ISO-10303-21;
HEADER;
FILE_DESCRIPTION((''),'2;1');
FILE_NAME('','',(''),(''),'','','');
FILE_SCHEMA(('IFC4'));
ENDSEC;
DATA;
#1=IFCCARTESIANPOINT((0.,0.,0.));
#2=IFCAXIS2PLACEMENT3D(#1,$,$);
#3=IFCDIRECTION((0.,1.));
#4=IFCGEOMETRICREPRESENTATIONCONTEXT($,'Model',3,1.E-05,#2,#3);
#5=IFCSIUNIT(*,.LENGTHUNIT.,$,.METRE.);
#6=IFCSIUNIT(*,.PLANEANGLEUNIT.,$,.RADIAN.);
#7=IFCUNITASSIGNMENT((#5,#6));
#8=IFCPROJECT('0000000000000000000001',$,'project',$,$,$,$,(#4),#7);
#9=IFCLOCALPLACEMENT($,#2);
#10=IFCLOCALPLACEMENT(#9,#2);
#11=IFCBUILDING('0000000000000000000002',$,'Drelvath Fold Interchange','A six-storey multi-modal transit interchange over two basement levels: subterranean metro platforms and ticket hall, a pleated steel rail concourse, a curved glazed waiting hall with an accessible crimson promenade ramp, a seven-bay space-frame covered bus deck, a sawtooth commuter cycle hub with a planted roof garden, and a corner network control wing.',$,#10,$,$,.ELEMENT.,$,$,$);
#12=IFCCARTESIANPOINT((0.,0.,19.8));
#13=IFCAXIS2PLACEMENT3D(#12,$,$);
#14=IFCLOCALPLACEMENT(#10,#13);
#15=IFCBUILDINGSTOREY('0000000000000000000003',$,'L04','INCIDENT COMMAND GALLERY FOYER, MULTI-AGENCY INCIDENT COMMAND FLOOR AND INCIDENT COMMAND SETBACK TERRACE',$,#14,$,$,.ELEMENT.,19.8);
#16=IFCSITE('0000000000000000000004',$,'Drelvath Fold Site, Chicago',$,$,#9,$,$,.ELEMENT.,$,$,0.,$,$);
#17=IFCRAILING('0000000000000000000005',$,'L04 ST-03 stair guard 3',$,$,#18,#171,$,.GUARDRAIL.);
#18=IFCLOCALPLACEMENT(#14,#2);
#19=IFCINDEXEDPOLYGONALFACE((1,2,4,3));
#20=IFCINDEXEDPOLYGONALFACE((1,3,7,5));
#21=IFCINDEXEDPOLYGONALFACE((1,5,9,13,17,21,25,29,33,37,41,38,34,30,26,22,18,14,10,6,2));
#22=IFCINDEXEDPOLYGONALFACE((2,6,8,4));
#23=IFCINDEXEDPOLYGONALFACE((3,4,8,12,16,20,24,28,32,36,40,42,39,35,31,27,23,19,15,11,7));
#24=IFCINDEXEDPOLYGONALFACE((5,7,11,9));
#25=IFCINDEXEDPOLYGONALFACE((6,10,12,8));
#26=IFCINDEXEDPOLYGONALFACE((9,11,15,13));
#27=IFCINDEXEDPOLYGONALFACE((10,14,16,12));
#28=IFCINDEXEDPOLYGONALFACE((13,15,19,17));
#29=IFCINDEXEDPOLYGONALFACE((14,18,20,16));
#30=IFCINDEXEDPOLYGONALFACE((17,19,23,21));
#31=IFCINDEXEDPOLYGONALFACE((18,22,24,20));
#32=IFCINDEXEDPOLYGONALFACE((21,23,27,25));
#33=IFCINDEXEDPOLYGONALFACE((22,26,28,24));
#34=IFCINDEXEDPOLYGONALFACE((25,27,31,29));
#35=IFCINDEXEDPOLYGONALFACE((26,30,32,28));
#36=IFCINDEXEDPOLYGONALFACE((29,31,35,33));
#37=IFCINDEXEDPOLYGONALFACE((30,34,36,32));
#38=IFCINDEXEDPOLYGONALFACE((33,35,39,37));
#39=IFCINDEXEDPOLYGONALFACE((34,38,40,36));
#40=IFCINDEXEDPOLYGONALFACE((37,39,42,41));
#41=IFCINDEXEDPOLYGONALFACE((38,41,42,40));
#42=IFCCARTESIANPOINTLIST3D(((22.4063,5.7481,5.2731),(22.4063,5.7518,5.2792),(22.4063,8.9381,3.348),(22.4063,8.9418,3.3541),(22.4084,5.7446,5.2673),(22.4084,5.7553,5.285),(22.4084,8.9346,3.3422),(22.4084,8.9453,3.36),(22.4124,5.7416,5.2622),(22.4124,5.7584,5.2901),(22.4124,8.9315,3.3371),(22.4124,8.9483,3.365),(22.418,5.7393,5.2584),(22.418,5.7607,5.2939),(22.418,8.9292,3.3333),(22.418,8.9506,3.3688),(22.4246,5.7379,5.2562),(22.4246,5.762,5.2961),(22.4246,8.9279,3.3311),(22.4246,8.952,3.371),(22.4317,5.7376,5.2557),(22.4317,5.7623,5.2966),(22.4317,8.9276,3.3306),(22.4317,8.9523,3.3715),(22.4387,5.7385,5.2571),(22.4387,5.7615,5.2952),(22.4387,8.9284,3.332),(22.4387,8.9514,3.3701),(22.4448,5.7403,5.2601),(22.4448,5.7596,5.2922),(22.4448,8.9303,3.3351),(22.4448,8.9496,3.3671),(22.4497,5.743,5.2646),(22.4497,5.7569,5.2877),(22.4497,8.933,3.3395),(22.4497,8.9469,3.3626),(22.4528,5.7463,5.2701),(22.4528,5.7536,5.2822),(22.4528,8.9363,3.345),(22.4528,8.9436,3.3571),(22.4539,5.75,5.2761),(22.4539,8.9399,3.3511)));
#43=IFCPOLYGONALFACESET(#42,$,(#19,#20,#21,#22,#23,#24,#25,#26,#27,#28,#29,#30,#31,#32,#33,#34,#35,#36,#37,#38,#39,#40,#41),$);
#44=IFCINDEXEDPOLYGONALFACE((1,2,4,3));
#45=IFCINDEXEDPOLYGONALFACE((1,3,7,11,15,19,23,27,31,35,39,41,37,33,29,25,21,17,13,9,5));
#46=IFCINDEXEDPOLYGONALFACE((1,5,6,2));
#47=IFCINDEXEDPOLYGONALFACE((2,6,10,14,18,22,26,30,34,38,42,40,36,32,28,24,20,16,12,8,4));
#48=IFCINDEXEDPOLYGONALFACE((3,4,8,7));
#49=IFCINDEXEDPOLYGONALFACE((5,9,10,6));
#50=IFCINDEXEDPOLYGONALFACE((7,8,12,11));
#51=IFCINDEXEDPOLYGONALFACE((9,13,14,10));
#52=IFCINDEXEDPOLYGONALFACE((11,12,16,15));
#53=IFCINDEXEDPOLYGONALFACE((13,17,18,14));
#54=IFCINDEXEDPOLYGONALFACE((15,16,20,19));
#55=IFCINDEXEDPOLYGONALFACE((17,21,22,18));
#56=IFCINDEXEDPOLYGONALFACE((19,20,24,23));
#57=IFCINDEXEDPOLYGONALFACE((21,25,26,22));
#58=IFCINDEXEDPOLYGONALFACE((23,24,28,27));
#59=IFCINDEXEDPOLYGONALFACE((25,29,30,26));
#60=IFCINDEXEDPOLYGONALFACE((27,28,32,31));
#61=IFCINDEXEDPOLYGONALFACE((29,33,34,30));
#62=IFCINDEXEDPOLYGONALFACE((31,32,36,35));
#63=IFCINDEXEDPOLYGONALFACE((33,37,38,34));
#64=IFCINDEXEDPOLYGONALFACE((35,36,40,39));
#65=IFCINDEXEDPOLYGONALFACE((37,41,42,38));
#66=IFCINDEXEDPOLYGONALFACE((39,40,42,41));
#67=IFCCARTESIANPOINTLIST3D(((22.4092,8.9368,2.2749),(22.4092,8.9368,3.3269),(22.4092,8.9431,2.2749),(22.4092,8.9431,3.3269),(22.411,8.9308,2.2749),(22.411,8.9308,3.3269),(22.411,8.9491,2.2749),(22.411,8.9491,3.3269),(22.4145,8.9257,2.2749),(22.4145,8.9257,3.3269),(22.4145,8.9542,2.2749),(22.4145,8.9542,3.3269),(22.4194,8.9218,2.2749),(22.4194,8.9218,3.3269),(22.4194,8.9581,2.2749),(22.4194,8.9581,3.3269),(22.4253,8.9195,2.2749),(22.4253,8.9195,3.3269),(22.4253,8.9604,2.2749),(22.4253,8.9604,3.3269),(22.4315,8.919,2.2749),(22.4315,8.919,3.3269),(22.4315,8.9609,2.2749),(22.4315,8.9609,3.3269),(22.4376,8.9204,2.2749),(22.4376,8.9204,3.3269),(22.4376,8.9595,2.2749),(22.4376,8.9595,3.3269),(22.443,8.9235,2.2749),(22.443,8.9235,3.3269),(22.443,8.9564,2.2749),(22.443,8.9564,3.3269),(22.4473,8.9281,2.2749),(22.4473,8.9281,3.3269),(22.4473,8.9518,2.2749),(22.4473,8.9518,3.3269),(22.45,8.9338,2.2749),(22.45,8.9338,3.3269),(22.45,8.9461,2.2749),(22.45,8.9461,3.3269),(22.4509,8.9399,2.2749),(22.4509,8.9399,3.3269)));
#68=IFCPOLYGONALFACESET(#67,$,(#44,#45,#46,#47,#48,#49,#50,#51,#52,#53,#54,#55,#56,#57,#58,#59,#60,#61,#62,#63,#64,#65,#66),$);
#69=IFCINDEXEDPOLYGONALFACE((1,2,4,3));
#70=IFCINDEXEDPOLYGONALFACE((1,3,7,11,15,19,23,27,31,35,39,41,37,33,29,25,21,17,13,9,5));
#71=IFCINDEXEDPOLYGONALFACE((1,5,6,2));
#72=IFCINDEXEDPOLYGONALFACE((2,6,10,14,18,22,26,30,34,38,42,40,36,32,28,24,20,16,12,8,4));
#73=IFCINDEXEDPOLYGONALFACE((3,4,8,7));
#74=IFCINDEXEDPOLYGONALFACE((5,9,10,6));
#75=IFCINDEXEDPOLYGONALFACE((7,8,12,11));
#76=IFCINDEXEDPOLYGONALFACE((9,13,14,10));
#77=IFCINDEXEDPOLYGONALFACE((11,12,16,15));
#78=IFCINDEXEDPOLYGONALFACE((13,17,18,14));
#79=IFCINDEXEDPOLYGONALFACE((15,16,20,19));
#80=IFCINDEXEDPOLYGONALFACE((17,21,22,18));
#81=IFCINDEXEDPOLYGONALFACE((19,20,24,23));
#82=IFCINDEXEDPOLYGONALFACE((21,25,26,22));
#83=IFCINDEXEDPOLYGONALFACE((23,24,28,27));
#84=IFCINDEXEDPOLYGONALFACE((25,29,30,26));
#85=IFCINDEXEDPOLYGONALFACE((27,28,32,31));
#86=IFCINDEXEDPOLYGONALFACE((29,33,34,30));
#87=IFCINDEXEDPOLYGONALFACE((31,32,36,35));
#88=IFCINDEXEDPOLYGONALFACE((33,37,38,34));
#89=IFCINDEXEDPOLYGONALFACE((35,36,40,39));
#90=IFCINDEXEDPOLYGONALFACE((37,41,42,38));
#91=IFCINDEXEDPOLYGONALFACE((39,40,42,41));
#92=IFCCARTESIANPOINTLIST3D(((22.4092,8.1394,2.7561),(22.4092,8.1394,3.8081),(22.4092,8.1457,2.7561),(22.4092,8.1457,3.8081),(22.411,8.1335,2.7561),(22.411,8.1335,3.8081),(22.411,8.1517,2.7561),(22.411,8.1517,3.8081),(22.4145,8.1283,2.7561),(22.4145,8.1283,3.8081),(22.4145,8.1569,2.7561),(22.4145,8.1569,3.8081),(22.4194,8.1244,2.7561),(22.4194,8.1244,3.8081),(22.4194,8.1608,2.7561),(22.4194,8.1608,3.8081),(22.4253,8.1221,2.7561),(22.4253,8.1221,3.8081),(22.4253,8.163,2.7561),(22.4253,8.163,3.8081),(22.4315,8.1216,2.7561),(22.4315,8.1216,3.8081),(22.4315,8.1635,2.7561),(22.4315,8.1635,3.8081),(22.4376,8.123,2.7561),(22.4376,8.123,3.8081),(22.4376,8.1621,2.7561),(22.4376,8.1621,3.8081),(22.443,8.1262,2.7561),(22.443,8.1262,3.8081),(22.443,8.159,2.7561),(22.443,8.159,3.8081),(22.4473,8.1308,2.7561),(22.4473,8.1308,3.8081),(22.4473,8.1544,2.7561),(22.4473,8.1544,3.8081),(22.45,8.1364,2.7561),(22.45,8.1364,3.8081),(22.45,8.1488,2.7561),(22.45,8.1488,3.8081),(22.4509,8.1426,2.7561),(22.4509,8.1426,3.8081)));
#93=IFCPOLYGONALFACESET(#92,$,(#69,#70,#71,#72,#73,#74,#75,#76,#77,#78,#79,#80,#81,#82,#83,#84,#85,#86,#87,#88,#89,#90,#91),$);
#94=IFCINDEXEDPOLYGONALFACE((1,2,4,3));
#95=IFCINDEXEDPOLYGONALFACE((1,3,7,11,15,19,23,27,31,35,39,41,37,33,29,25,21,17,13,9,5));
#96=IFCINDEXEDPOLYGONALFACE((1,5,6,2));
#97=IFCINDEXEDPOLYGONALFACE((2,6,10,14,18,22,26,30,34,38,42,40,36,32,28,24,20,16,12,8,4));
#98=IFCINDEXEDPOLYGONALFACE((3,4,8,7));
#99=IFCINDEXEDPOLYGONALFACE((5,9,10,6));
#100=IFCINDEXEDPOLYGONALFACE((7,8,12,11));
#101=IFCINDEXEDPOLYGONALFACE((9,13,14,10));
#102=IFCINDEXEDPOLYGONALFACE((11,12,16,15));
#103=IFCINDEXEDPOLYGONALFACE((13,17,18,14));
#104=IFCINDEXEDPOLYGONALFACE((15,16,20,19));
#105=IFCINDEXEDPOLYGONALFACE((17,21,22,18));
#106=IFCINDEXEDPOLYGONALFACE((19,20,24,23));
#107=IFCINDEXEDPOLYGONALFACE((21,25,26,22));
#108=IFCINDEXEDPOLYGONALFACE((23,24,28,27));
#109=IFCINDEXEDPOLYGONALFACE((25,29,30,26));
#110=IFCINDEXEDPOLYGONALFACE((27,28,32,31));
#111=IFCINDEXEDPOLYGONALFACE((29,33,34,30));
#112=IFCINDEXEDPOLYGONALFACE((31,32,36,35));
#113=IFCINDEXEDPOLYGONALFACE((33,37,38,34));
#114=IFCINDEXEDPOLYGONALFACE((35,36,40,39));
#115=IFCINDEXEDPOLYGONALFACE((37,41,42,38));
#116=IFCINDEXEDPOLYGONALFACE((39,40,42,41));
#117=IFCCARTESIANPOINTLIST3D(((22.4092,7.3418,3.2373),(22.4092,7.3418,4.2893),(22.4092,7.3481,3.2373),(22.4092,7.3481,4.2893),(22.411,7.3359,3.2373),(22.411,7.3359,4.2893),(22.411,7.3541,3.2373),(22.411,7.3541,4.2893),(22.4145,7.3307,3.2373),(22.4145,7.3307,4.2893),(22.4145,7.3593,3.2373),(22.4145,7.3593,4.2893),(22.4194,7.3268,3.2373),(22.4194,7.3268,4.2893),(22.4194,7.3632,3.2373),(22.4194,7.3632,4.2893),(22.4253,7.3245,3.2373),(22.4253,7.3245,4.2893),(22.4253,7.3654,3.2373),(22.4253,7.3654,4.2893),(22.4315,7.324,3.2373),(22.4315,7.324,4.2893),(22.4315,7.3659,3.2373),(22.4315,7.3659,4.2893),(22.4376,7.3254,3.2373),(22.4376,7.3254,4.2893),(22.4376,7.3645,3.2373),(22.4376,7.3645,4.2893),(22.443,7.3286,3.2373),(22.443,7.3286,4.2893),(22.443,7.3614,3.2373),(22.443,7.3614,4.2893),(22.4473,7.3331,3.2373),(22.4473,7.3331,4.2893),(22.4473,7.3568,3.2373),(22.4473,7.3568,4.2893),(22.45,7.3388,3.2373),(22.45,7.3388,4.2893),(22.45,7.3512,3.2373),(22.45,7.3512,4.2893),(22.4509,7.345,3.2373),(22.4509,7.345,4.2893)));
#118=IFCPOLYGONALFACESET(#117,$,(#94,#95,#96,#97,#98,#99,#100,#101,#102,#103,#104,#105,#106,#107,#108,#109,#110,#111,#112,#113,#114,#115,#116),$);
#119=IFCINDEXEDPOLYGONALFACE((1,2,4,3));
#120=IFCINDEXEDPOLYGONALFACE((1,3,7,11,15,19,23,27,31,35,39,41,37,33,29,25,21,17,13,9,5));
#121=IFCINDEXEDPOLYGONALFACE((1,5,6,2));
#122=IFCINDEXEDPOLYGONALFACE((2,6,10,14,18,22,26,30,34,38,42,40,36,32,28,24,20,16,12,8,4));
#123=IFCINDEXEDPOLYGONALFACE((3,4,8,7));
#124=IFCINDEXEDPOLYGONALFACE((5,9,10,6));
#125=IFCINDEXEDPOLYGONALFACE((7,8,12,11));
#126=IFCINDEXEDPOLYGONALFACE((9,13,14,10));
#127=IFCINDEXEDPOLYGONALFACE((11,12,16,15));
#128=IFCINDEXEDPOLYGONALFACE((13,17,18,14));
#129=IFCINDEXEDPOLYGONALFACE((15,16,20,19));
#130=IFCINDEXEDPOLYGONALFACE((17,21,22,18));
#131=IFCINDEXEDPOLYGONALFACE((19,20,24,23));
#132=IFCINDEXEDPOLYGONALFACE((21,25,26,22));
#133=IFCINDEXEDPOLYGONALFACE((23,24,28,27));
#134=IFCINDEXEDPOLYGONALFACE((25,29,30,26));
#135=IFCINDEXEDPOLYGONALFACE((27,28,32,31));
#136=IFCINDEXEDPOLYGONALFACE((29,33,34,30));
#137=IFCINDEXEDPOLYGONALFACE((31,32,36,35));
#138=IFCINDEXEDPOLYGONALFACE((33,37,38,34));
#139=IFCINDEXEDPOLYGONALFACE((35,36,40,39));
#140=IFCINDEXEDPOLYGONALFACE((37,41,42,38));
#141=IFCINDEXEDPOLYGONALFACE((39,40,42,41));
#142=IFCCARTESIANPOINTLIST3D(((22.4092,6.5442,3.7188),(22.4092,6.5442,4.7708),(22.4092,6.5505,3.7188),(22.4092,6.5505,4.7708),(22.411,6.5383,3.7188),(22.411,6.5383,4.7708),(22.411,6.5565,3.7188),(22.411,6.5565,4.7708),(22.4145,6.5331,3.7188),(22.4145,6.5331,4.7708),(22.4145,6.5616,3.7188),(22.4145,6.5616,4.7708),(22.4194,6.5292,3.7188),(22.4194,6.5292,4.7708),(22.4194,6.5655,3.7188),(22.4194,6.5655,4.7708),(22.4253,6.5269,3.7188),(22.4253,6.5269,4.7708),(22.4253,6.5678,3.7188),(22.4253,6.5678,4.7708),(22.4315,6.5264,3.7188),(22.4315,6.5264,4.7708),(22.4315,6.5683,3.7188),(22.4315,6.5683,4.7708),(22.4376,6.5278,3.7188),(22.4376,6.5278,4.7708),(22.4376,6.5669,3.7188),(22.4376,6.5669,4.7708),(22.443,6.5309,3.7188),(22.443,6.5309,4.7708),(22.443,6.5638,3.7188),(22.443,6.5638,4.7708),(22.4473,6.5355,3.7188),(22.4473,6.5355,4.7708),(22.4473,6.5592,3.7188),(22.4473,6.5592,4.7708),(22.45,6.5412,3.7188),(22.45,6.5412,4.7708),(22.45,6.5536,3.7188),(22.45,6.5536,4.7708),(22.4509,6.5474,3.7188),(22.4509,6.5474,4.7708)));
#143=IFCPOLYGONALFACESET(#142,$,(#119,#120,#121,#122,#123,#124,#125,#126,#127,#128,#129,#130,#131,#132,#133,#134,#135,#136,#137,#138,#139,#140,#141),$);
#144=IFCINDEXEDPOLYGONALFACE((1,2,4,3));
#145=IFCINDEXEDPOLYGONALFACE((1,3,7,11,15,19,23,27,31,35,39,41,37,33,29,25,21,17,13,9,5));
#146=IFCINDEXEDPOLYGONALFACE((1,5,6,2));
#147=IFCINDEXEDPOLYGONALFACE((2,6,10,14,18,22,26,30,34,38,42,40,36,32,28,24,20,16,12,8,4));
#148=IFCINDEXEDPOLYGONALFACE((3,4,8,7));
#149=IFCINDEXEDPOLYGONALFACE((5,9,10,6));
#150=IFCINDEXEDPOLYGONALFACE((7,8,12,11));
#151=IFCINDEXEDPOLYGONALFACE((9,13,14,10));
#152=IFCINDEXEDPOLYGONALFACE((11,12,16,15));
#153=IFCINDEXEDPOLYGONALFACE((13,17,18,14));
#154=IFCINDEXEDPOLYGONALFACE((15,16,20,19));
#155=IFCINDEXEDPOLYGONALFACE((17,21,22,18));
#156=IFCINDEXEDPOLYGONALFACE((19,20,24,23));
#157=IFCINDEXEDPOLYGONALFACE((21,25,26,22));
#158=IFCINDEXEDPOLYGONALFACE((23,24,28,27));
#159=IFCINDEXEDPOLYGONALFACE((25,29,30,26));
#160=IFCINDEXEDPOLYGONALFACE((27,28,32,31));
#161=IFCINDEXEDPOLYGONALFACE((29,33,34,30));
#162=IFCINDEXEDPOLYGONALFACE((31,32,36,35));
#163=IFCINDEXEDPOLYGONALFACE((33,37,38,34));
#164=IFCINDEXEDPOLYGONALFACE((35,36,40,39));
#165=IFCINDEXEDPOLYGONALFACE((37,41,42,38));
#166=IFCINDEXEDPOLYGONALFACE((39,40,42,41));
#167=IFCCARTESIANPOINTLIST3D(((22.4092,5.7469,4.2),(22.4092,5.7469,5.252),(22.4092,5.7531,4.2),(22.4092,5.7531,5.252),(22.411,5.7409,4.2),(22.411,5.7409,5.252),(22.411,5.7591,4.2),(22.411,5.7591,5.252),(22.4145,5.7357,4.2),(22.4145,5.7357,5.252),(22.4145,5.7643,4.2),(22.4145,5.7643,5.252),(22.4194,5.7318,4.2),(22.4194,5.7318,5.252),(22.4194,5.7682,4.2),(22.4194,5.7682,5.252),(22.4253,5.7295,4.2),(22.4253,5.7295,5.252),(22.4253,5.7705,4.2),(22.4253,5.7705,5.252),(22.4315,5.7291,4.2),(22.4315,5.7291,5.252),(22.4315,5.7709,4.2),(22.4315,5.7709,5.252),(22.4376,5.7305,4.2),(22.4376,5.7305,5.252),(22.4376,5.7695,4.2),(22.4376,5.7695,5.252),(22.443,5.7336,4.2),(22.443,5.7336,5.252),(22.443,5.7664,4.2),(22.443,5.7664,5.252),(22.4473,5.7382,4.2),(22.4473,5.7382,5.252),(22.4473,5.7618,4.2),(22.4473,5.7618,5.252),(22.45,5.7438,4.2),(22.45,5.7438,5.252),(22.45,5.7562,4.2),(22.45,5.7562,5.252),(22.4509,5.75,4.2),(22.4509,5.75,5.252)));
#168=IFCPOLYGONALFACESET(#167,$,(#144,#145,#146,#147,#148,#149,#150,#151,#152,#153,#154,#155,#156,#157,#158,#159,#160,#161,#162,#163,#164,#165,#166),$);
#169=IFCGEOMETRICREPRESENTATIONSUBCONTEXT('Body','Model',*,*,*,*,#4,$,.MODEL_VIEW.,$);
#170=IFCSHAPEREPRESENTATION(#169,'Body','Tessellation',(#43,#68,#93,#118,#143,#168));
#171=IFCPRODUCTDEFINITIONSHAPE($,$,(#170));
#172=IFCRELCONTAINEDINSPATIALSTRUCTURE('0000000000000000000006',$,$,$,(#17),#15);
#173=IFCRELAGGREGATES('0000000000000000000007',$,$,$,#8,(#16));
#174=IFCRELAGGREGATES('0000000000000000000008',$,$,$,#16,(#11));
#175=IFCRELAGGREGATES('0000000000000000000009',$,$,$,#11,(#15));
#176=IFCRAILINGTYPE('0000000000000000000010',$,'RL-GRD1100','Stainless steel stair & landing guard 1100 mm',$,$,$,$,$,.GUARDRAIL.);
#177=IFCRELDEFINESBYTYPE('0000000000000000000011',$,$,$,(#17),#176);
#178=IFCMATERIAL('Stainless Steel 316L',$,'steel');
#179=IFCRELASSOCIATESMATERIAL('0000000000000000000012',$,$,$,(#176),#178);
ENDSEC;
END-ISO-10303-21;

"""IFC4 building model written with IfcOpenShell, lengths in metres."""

from ifc_helpers import new_model, si_unit, direction, frame, origin, origin_2d, place, context, subcontext, project, spatial, circle, extrude, material, type_object, element, save


model = new_model("IFC4")

# Units and contexts
model_context = context("Model", 3, precision=1e-05, world=origin(), true_north=direction((0.0, 1.0)))
body_context = subcontext(model_context, "Body", "Model", "MODEL_VIEW")
ifc_project = project(units=[si_unit("LENGTHUNIT", "METRE"), si_unit("PLANEANGLEUNIT", "RADIAN")], contexts=[model_context])

# Site, building, storey
site_placement = place(None, origin())
site = spatial("IfcSite", under=ifc_project, at=site_placement, Name="Drelvath Fold Site, Chicago", CompositionType="ELEMENT", RefElevation=0.0)
building_placement = place(site_placement, origin())
building = spatial("IfcBuilding", under=site, at=building_placement, Name="Drelvath Fold Interchange", Description="A six-storey multi-modal transit interchange over two basement levels: subterranean metro platforms and ticket hall, a pleated steel rail concourse, a curved glazed waiting hall with an accessible crimson promenade ramp, a seven-bay space-frame covered bus deck, a sawtooth commuter cycle hub with a planted roof garden, and a corner network control wing.", CompositionType="ELEMENT")
storey_placement = place(building_placement, frame((0.0, 0.0, 19.8)))
storey = spatial("IfcBuildingStorey", under=building, at=storey_placement, Name="L04", Description="INCIDENT COMMAND GALLERY FOYER, MULTI-AGENCY INCIDENT COMMAND FLOOR AND INCIDENT COMMAND SETBACK TERRACE", CompositionType="ELEMENT", Elevation=19.8)

# Railing
ifc_material_1 = material(Name="Stainless Steel 316L", Category="steel")
railing_type_1 = type_object("IfcRailingType", Name="RL-GRD1100", Description="Stainless steel stair & landing guard 1100 mm", PredefinedType="GUARDRAIL", material=ifc_material_1)
railing_1_placement = place(storey_placement, frame((22.4299, 8.9399, 2.2749)))
element("IfcRailing", 1, at=railing_1_placement, inside=storey, type_object=railing_type_1, Name="L04 ST-03 stair guard 3", PredefinedType="GUARDRAIL", context=body_context, shape_type="SweptSolid", body=[
    extrude(circle(Radius=0.0239, at=origin_2d()), frame((0.0, 0.0, 1.0762), z_axis=(0.0, -0.856178, 0.516682), x_axis=(1.0, 0.0, 0.0)), (0.0, 0.0, 1.0), 3.7258),
    extrude(circle(Radius=0.021, at=origin_2d()), origin(), (0.0, 0.0, 1.0), 1.052),
    extrude(circle(Radius=0.021, at=origin_2d()), frame((0.0, -0.7974, 0.4812)), (0.0, 0.0, 1.0), 1.052),
    extrude(circle(Radius=0.021, at=origin_2d()), frame((0.0, -1.595, 0.9624)), (0.0, 0.0, 1.0), 1.052),
    extrude(circle(Radius=0.021, at=origin_2d()), frame((0.0, -2.3926, 1.4438)), (0.0, 0.0, 1.0), 1.052),
    extrude(circle(Radius=0.021, at=origin_2d()), frame((0.0, -3.1899, 1.925)), (0.0, 0.0, 1.0), 1.052),
])

save(model, "model.ifc")
